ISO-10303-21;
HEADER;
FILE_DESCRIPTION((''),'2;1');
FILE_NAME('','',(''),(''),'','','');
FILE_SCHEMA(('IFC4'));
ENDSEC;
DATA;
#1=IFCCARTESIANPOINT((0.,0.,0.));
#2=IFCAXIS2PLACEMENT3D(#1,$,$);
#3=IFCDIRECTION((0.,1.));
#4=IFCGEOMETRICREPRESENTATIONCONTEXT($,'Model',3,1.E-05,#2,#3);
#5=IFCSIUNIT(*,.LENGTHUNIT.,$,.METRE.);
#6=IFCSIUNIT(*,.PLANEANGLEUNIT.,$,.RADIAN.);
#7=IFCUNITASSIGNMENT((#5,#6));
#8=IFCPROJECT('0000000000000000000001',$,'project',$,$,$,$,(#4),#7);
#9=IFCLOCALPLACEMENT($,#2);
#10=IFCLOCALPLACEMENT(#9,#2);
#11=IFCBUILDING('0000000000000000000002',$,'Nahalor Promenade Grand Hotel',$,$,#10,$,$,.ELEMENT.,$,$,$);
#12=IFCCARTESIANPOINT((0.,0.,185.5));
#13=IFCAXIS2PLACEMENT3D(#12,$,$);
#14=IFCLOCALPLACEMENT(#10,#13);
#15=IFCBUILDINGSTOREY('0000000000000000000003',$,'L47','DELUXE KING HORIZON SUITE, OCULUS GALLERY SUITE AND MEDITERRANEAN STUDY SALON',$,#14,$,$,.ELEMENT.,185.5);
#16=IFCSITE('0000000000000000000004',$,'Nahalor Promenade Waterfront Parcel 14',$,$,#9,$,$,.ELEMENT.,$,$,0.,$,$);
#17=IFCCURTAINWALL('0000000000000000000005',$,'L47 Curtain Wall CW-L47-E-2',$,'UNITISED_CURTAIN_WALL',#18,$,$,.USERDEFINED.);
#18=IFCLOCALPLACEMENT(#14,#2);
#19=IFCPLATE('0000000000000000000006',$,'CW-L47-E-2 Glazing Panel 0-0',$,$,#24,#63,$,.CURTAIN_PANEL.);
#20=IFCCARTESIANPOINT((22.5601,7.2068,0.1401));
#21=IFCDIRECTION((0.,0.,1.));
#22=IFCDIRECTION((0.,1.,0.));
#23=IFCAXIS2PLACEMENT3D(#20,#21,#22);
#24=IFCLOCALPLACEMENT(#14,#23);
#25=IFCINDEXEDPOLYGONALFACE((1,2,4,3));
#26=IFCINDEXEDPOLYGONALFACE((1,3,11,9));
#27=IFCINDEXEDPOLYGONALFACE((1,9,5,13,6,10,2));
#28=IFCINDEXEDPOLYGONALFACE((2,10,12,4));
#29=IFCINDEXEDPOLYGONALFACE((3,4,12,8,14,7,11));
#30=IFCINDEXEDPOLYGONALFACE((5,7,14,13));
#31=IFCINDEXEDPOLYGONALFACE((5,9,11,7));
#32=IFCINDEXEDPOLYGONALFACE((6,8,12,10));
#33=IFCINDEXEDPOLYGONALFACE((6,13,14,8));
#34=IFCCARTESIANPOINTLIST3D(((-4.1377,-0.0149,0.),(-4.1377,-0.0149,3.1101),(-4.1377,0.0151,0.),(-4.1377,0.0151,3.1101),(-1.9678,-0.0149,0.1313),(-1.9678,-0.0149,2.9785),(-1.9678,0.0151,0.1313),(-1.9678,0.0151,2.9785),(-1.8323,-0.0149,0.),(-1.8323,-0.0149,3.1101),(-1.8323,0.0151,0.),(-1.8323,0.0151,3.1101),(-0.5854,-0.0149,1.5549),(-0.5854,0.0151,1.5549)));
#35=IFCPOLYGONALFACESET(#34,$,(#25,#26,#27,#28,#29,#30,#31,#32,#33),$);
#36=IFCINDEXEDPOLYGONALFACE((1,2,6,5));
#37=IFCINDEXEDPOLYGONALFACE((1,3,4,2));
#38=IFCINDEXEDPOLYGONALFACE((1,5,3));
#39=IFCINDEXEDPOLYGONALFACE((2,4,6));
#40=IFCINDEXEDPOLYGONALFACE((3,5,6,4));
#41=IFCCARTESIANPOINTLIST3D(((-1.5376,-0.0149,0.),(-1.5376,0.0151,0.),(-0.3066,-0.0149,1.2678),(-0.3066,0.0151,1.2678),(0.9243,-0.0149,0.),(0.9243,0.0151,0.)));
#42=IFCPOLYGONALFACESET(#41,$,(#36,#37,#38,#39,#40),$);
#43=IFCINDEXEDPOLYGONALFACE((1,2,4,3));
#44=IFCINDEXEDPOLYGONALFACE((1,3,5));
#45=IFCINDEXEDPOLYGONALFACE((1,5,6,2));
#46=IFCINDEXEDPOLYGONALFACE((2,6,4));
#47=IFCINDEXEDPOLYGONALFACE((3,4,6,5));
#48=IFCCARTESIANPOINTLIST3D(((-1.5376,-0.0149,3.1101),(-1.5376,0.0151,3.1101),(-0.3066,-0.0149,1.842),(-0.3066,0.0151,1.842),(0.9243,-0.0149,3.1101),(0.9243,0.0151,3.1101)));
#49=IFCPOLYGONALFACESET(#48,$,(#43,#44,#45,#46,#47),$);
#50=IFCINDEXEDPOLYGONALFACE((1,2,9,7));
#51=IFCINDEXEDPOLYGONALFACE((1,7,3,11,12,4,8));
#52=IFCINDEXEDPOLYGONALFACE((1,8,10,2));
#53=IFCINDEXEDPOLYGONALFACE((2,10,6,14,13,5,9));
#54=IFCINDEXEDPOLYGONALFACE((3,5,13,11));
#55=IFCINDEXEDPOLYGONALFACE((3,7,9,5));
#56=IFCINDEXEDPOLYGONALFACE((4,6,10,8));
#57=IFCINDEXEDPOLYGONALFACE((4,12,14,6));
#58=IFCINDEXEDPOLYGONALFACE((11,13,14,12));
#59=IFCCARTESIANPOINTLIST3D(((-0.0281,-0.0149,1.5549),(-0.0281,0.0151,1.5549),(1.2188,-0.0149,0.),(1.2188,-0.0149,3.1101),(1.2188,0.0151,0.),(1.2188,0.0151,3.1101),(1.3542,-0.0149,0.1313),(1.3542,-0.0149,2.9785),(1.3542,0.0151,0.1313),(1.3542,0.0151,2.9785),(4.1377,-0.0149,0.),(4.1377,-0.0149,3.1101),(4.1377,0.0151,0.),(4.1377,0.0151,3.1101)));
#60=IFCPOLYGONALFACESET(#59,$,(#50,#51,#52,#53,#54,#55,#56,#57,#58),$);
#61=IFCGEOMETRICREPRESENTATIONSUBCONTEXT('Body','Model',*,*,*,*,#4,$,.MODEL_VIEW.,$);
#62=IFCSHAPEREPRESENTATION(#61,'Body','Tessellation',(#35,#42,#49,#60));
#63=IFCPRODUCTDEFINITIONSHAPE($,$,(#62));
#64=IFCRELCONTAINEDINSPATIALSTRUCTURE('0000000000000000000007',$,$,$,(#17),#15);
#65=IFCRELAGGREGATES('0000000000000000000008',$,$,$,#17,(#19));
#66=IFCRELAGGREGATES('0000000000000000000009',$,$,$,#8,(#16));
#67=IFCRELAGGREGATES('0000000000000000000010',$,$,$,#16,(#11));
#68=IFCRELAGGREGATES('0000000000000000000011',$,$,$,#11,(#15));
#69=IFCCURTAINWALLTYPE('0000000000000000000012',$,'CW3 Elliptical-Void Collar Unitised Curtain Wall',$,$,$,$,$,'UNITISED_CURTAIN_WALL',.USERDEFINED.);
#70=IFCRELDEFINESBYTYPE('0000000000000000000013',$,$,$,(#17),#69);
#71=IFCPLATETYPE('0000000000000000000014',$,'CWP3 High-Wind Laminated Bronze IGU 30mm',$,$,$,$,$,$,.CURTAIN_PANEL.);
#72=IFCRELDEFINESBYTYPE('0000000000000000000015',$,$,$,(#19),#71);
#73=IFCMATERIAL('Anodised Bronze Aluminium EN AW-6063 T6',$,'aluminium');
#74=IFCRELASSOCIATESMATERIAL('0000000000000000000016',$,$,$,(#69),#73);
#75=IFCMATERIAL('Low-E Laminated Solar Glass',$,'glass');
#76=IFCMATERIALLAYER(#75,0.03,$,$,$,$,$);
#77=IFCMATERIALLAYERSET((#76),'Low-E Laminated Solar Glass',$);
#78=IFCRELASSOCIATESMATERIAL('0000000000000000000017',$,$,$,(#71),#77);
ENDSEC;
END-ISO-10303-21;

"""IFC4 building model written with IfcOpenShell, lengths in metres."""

from ifc_helpers import new_model, si_unit, direction, frame, origin, place, context, subcontext, project, spatial, polyline, outline, extrude, material, layer, layer_set, type_object, element, aggregate, save


model = new_model("IFC4")

# Units and contexts
model_context = context("Model", 3, precision=1e-05, world=origin(), true_north=direction((0.0, 1.0)))
body_context = subcontext(model_context, "Body", "Model", "MODEL_VIEW")
ifc_project = project(units=[si_unit("LENGTHUNIT", "METRE"), si_unit("PLANEANGLEUNIT", "RADIAN")], contexts=[model_context])

# Site, building, storey
site_placement = place(None, origin())
site = spatial("IfcSite", under=ifc_project, at=site_placement, Name="Nahalor Promenade Waterfront Parcel 14", CompositionType="ELEMENT", RefElevation=0.0)
building_placement = place(site_placement, origin())
building = spatial("IfcBuilding", under=site, at=building_placement, Name="Nahalor Promenade Grand Hotel", CompositionType="ELEMENT")
storey_placement = place(building_placement, frame((0.0, 0.0, 185.5)))
storey = spatial("IfcBuildingStorey", under=building, at=storey_placement, Name="L47", Description="DELUXE KING HORIZON SUITE, OCULUS GALLERY SUITE AND MEDITERRANEAN STUDY SALON", CompositionType="ELEMENT", Elevation=185.5)

# Curtain wall
ifc_material_1 = material(Name="Anodised Bronze Aluminium EN AW-6063 T6", Category="aluminium")
curtain_wall_type = type_object("IfcCurtainWallType", Name="CW3 Elliptical-Void Collar Unitised Curtain Wall", ElementType="UNITISED_CURTAIN_WALL", PredefinedType="USERDEFINED", material=ifc_material_1)
curtain_wall_1_placement = place(storey_placement, origin())
curtain_wall_1 = element("IfcCurtainWall", 1, at=curtain_wall_1_placement, inside=storey, type_object=curtain_wall_type, Name="L47 Curtain Wall CW-L47-E-2", ObjectType="UNITISED_CURTAIN_WALL", PredefinedType="USERDEFINED")

# Plate
ifc_material_2 = material(Name="Low-E Laminated Solar Glass", Category="glass")
ifc_layer_1 = layer(ifc_material_2, 0.03)
ifc_layer_set_1 = layer_set([ifc_layer_1], Name="Low-E Laminated Solar Glass")
plate_type_1 = type_object("IfcPlateType", Name="CWP3 High-Wind Laminated Bronze IGU 30mm", PredefinedType="CURTAIN_PANEL", material=ifc_layer_set_1)
plate_1_placement = place(storey_placement, frame((22.5601, 7.2068, 0.1401), z_axis=(0.0, 0.0, 1.0), x_axis=(0.0, 1.0, 0.0)))
plate_1 = element("IfcPlate", 2, at=plate_1_placement, type_object=plate_type_1, Name="CW-L47-E-2 Glazing Panel 0-0", PredefinedType="CURTAIN_PANEL", context=body_context, shape_type="SweptSolid", body=[
    extrude(outline(polyline([(-4.1377, 3.1101), (-4.1377, 0.0), (-1.8323, 0.0), (-1.9678, 0.1313), (-0.5854, 1.5549), (-1.9678, 2.9785), (-1.8323, 3.1101), (-4.1377, 3.1101)])), frame((0.0, 0.0151, 0.0), z_axis=(0.0, -1.0, 0.0), x_axis=(1.0, 0.0, 0.0)), (0.0, 0.0, 1.0), 0.03),
    extrude(outline(polyline([(-0.3066, 1.2678), (-1.5376, 0.0), (0.9243, 0.0), (-0.3066, 1.2678)])), frame((0.0, 0.0151, 0.0), z_axis=(0.0, -1.0, 0.0), x_axis=(1.0, 0.0, 0.0)), (0.0, 0.0, 1.0), 0.03),
    extrude(outline(polyline([(-0.3066, 1.842), (0.9243, 3.1101), (-1.5376, 3.1101), (-0.3066, 1.842)])), frame((0.0, 0.0151, 0.0), z_axis=(0.0, -1.0, 0.0), x_axis=(1.0, 0.0, 0.0)), (0.0, 0.0, 1.0), 0.03),
    extrude(outline(polyline([(4.1377, 0.0), (4.1377, 3.1101), (1.2188, 3.1101), (1.3542, 2.9785), (-0.0281, 1.5549), (1.3542, 0.1313), (1.2188, 0.0), (4.1377, 0.0)])), frame((0.0, 0.0151, 0.0), z_axis=(0.0, -1.0, 0.0), x_axis=(1.0, 0.0, 0.0)), (0.0, 0.0, 1.0), 0.03),
])
aggregate(curtain_wall_1, [plate_1])

save(model, "model.ifc")
